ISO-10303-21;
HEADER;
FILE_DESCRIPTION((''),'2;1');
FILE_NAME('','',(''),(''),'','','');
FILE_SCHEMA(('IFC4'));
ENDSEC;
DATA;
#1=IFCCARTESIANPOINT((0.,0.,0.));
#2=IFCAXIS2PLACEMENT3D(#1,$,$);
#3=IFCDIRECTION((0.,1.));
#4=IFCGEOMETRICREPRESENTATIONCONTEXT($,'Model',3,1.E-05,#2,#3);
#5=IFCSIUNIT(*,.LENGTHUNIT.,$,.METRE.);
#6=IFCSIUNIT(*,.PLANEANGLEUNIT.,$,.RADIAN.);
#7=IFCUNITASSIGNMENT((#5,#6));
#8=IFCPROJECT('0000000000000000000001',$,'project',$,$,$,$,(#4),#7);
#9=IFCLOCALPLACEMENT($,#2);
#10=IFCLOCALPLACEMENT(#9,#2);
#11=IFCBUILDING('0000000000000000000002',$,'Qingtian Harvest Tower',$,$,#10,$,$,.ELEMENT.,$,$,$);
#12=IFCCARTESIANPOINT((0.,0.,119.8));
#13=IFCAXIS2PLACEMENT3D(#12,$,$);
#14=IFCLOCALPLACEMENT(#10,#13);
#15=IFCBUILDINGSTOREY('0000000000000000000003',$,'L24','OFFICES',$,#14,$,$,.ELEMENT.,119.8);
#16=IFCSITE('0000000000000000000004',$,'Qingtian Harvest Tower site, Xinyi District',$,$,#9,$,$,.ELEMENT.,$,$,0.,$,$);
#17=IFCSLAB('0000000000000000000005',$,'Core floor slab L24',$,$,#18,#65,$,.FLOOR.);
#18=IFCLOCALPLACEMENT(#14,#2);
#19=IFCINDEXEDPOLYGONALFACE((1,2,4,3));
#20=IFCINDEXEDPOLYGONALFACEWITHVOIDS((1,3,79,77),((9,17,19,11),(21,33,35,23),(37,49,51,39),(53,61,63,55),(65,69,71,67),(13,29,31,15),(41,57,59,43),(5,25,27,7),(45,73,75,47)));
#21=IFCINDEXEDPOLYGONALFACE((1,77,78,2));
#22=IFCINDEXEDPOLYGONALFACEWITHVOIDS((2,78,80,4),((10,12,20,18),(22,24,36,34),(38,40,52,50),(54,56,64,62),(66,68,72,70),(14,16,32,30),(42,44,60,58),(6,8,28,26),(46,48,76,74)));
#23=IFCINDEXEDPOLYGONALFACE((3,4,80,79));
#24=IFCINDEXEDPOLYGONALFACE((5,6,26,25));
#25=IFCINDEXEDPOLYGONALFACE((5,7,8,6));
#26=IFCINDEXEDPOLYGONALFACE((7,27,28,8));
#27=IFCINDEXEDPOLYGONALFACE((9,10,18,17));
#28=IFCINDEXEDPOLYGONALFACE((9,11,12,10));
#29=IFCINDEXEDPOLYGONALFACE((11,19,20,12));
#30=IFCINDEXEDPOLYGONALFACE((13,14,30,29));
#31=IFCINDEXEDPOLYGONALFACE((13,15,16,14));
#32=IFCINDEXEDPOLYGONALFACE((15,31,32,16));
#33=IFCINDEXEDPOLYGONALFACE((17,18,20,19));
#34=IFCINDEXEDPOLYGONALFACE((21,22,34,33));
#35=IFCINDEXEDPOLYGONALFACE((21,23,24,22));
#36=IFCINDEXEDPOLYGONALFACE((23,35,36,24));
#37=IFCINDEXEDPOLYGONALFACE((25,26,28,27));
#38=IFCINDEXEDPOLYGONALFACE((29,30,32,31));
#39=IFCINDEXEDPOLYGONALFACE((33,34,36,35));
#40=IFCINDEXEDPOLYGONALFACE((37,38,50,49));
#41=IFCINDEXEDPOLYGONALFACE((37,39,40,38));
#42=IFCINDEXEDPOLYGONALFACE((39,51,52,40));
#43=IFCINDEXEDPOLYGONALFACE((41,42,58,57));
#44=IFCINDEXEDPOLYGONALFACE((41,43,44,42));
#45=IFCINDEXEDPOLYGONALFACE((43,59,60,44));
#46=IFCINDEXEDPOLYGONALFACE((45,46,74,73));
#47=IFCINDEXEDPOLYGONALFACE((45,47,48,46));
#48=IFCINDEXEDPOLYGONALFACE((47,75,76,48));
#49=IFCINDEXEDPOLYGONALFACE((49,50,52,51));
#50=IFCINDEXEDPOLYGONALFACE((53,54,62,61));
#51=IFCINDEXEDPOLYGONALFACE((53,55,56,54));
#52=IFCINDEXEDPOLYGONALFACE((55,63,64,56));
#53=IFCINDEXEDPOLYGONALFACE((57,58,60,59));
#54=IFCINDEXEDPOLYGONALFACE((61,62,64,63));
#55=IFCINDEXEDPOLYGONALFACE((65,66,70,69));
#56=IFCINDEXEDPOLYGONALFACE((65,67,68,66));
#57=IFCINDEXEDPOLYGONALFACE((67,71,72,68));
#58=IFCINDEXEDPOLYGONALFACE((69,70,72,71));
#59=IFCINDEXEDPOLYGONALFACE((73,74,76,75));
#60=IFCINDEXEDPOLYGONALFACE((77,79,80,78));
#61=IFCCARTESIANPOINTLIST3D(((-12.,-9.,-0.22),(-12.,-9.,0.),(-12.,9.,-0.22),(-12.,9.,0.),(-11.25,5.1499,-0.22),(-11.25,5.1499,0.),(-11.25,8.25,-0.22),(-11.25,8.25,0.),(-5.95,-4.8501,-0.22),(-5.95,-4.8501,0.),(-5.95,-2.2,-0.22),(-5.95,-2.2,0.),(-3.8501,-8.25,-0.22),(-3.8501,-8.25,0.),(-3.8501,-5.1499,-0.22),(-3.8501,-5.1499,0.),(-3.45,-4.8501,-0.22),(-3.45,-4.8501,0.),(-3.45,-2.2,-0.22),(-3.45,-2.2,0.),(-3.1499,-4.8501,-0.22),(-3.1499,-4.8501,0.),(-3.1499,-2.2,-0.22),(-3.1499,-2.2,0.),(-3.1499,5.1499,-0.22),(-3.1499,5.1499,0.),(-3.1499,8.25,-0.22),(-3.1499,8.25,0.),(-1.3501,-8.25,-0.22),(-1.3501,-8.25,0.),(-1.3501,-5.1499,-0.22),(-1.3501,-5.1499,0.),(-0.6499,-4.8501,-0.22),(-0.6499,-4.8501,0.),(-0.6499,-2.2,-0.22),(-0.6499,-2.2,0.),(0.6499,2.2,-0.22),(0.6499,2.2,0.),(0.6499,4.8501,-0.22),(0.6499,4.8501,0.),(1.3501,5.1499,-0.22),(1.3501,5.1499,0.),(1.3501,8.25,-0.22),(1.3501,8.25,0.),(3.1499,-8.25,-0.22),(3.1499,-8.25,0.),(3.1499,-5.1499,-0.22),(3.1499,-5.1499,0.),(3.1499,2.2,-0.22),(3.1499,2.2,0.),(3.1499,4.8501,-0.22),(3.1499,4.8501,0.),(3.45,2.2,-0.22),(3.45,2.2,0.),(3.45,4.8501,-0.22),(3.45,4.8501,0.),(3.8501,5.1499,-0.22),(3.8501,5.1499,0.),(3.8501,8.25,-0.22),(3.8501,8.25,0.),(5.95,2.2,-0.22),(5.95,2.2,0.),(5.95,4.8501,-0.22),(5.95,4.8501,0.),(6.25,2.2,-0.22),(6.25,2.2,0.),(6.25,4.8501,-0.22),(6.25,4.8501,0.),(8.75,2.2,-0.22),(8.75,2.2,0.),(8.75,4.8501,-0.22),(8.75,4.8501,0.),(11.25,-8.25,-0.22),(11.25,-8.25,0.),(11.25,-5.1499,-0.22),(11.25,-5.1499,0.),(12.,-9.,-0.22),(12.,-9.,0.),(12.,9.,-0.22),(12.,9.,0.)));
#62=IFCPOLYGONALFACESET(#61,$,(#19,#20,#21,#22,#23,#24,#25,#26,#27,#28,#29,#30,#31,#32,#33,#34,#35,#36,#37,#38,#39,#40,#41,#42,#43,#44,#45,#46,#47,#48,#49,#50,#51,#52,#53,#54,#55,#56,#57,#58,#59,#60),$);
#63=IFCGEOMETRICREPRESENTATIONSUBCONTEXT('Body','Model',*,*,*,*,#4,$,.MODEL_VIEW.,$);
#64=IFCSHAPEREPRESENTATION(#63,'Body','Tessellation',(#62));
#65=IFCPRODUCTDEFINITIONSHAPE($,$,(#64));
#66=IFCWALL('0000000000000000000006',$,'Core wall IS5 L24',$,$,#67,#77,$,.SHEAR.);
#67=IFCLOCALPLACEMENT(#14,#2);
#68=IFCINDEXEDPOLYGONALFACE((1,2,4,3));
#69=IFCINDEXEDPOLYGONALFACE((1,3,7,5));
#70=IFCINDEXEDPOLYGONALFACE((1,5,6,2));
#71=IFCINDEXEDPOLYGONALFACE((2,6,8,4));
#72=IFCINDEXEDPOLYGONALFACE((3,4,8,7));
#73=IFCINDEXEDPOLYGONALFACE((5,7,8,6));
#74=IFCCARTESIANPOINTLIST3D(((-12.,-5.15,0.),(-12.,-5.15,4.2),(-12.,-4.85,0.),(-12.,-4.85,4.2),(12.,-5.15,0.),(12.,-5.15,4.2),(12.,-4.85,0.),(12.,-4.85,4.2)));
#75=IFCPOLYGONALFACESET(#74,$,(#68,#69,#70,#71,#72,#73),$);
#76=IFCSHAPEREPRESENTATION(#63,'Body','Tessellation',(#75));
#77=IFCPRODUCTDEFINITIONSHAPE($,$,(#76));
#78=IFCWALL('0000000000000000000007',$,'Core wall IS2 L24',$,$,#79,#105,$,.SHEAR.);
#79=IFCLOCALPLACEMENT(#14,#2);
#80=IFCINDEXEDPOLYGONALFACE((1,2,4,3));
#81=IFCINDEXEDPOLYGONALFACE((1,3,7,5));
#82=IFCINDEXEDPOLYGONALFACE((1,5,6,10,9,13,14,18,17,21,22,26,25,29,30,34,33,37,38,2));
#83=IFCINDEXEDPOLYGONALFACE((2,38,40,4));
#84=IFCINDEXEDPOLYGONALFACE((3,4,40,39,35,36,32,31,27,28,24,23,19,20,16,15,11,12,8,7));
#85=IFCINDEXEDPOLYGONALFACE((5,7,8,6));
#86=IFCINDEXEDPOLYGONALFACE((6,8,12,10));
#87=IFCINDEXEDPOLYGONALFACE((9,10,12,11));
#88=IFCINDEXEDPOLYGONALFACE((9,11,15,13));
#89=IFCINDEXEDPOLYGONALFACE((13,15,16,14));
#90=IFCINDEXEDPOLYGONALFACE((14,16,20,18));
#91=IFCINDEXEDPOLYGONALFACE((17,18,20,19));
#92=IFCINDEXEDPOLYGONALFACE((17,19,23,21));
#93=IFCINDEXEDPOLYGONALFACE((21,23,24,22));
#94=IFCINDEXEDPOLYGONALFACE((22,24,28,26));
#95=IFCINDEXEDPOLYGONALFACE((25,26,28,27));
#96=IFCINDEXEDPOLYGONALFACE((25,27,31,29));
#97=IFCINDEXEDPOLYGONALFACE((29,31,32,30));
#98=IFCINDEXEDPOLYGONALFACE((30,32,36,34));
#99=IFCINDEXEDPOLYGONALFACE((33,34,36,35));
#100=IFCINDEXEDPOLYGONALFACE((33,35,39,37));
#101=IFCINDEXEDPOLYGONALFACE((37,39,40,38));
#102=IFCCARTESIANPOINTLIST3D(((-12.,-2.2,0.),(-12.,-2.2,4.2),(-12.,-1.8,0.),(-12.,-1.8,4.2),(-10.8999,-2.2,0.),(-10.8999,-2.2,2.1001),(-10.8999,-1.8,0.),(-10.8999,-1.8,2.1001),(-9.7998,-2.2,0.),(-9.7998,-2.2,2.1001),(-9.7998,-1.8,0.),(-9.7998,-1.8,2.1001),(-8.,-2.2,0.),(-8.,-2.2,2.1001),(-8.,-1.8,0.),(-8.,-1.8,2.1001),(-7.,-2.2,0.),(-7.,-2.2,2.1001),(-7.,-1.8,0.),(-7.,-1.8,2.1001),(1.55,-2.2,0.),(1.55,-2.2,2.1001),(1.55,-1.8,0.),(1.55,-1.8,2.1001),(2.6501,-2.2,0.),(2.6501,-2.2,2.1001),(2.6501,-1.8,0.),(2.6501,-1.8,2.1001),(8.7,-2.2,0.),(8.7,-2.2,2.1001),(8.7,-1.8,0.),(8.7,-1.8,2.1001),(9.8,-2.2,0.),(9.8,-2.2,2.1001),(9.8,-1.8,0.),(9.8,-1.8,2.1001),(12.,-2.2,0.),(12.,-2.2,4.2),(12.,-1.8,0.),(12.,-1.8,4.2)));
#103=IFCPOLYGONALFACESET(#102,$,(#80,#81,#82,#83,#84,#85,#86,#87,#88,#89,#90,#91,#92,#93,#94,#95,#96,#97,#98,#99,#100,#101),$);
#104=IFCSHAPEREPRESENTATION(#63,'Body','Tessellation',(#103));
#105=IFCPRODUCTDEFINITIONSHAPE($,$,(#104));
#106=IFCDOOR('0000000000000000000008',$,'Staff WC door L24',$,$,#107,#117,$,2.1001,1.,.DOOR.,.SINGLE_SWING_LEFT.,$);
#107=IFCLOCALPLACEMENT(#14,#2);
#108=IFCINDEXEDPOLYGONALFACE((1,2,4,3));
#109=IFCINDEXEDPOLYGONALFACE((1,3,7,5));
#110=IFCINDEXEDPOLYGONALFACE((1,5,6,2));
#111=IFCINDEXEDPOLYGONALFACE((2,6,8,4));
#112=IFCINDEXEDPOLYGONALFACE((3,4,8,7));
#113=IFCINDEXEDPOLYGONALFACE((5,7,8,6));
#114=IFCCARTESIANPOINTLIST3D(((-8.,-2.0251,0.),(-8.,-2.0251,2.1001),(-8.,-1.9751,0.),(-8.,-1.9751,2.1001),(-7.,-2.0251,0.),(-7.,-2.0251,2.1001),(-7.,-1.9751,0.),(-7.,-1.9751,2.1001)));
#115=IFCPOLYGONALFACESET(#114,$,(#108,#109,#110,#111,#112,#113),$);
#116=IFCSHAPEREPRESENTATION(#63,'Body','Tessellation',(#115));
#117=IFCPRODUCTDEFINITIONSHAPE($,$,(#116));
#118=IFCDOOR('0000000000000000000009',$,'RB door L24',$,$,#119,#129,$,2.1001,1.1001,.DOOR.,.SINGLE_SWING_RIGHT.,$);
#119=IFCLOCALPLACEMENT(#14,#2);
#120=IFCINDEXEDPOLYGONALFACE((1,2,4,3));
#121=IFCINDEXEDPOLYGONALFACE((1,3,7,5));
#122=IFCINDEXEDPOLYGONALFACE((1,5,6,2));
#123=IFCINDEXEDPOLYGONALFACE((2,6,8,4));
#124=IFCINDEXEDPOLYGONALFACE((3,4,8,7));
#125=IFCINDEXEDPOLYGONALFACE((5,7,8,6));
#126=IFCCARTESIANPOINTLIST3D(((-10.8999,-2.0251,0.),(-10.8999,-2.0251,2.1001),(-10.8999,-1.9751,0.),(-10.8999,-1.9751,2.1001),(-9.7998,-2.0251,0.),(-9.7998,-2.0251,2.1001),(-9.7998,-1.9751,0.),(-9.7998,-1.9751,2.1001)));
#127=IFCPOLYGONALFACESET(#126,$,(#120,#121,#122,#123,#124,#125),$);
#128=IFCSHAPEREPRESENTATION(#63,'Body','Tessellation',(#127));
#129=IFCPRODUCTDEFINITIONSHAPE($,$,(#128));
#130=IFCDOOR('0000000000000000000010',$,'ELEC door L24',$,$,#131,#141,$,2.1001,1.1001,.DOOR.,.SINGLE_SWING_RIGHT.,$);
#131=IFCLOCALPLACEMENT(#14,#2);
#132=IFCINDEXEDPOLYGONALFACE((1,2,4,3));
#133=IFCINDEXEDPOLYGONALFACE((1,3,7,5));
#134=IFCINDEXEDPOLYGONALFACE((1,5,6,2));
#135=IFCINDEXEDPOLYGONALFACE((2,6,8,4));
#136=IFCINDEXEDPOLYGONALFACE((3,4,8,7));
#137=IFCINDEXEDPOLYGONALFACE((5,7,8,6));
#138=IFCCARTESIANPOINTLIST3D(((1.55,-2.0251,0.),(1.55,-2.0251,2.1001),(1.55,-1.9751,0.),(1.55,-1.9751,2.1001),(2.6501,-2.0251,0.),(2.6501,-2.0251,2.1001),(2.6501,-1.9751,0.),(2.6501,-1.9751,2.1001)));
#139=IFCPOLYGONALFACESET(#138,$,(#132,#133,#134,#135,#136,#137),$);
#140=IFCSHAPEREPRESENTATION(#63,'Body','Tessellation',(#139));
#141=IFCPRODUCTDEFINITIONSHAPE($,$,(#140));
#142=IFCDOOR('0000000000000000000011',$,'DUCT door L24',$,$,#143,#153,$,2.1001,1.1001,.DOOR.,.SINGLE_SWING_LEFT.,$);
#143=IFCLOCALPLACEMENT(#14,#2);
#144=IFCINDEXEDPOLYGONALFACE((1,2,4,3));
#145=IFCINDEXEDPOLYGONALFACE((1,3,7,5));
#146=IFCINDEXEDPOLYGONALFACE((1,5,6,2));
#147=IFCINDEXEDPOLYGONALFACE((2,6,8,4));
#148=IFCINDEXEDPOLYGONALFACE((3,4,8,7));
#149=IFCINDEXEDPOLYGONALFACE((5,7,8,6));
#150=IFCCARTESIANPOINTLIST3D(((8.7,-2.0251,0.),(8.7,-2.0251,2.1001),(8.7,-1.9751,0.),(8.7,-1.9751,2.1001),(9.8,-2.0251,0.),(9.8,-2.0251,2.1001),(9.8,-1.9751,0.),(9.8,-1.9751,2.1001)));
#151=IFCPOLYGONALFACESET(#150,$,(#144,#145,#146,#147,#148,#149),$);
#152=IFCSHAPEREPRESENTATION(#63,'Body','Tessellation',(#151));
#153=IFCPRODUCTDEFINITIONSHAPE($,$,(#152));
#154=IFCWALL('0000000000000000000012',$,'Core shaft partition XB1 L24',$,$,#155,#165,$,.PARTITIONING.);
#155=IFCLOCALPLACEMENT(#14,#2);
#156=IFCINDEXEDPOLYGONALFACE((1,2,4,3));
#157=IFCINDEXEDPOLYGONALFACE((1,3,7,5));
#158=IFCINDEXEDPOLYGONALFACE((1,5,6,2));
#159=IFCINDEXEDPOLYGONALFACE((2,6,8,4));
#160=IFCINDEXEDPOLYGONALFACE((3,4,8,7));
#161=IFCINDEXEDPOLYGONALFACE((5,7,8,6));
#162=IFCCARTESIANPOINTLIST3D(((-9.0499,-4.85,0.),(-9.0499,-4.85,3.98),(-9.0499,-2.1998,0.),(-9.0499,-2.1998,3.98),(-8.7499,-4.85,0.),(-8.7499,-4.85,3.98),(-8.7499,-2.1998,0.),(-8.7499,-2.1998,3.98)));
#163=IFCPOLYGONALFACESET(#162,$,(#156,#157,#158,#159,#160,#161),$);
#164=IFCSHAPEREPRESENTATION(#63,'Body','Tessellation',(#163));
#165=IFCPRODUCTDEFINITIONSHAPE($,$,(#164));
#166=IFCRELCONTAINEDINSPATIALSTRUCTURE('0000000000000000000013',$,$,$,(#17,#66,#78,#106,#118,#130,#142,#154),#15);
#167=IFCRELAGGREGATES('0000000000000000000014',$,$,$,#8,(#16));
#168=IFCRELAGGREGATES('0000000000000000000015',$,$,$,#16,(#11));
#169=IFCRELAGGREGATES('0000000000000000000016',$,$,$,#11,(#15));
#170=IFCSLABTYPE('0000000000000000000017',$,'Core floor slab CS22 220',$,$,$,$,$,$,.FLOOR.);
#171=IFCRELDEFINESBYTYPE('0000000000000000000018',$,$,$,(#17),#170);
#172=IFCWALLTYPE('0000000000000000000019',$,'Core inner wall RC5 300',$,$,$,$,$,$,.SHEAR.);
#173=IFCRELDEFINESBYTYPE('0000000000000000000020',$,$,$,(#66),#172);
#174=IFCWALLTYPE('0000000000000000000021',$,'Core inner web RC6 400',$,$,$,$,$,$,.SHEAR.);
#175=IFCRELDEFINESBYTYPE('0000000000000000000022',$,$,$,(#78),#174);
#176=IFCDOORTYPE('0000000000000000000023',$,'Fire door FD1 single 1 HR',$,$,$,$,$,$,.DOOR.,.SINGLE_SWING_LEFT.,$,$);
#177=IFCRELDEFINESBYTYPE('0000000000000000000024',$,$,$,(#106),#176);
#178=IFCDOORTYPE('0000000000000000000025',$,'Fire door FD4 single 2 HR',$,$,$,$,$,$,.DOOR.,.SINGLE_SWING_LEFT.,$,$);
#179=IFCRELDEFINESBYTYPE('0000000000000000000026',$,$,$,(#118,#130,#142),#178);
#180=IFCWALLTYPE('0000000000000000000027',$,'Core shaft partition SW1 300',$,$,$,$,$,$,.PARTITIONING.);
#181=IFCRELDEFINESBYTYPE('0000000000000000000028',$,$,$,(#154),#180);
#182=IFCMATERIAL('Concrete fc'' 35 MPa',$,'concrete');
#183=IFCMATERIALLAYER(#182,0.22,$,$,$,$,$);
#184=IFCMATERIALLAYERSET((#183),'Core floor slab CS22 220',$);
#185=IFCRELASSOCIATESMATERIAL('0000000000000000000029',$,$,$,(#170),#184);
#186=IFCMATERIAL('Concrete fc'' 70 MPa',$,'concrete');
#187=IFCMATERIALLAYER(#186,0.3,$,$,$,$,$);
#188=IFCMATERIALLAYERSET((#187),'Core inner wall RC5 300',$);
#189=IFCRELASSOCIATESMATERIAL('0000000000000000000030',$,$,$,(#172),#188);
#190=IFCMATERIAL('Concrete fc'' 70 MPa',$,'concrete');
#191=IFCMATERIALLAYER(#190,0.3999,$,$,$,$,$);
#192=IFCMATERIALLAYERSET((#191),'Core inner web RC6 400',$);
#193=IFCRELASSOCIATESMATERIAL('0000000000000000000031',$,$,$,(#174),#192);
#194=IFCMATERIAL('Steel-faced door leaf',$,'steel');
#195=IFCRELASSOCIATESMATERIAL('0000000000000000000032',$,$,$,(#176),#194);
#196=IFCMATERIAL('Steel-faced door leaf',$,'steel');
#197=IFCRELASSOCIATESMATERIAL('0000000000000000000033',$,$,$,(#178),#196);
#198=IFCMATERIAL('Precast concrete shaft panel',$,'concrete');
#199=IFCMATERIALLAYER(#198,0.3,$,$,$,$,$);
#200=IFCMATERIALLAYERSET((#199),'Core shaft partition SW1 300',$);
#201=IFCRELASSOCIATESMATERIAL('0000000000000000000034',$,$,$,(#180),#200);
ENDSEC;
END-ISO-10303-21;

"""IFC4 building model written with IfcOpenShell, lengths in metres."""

from ifc_helpers import new_model, si_unit, direction, frame, frame_2d, origin, place, context, subcontext, project, spatial, polyline, rectangle, outline, extrude, material, layer, layer_set, type_object, element, fill, save


model = new_model("IFC4")

# Units and contexts
model_context = context("Model", 3, precision=1e-05, world=origin(), true_north=direction((0.0, 1.0)))
body_context = subcontext(model_context, "Body", "Model", "MODEL_VIEW")
ifc_project = project(units=[si_unit("LENGTHUNIT", "METRE"), si_unit("PLANEANGLEUNIT", "RADIAN")], contexts=[model_context])

# Site, building, storey
site_placement = place(None, origin())
site = spatial("IfcSite", under=ifc_project, at=site_placement, Name="Qingtian Harvest Tower site, Xinyi District", CompositionType="ELEMENT", RefElevation=0.0)
building_placement = place(site_placement, origin())
building = spatial("IfcBuilding", under=site, at=building_placement, Name="Qingtian Harvest Tower", CompositionType="ELEMENT")
storey_placement = place(building_placement, frame((0.0, 0.0, 119.8)))
storey = spatial("IfcBuildingStorey", under=building, at=storey_placement, Name="L24", Description="OFFICES", CompositionType="ELEMENT", Elevation=119.8)

# Slab
ifc_material_1 = material(Name="Concrete fc' 35 MPa", Category="concrete")
ifc_layer_1 = layer(ifc_material_1, 0.22)
ifc_layer_set_1 = layer_set([ifc_layer_1], Name="Core floor slab CS22 220")
slab_type = type_object("IfcSlabType", Name="Core floor slab CS22 220", PredefinedType="FLOOR", material=ifc_layer_set_1)
slab_placement = place(storey_placement, frame((0.0, 0.0, -0.22)))
element("IfcSlab", 1, at=slab_placement, inside=storey, type_object=slab_type, Name="Core floor slab L24", PredefinedType="FLOOR", context=body_context, shape_type="SweptSolid", body=[
    extrude(outline(polyline([(-12.0, -9.0), (12.0, -9.0), (12.0, 9.0), (-12.0, 9.0), (-12.0, -9.0)]), holes=[polyline([(-11.25, 5.1499), (-3.1499, 5.1499), (-3.1499, 8.25), (-11.25, 8.25), (-11.25, 5.1499)]), polyline([(3.1499, -8.25), (11.25, -8.25), (11.25, -5.1499), (3.1499, -5.1499), (3.1499, -8.25)]), polyline([(1.3501, 5.1499), (3.8501, 5.1499), (3.8501, 8.25), (1.3501, 8.25), (1.3501, 5.1499)]), polyline([(-3.8501, -8.25), (-1.3501, -8.25), (-1.3501, -5.1499), (-3.8501, -5.1499), (-3.8501, -8.25)]), polyline([(0.6499, 2.2), (3.1499, 2.2), (3.1499, 4.8501), (0.6499, 4.8501), (0.6499, 2.2)]), polyline([(3.45, 2.2), (5.95, 2.2), (5.95, 4.8501), (3.45, 4.8501), (3.45, 2.2)]), polyline([(6.25, 2.2), (8.75, 2.2), (8.75, 4.8501), (6.25, 4.8501), (6.25, 2.2)]), polyline([(-5.95, -4.8501), (-3.45, -4.8501), (-3.45, -2.2), (-5.95, -2.2), (-5.95, -4.8501)]), polyline([(-3.1499, -4.8501), (-0.6499, -4.8501), (-0.6499, -2.2), (-3.1499, -2.2), (-3.1499, -4.8501)])]), origin(), (0.0, 0.0, 1.0), 0.22),
])

# Wall
ifc_material_2 = material(Name="Concrete fc' 70 MPa", Category="concrete")
ifc_layer_2 = layer(ifc_material_2, 0.3)
ifc_layer_set_2 = layer_set([ifc_layer_2], Name="Core inner wall RC5 300")
wall_type_1 = type_object("IfcWallType", Name="Core inner wall RC5 300", PredefinedType="SHEAR", material=ifc_layer_set_2)
wall_1_placement = place(storey_placement, frame((-12.0, -5.0, 0.0), z_axis=(0.0, 0.0, 1.0), x_axis=(1.0, 0.0, 0.0)))
element("IfcWall", 2, at=wall_1_placement, inside=storey, type_object=wall_type_1, Name="Core wall IS5 L24", PredefinedType="SHEAR", context=body_context, shape_type="SweptSolid", body=[
    extrude(rectangle(XDim=24.0, YDim=0.3, at=frame_2d((12.0, 0.0))), origin(), (0.0, 0.0, 1.0), 4.2),
])

# Wall, openings, doors
ifc_material_3 = material(Name="Concrete fc' 70 MPa", Category="concrete")
ifc_layer_3 = layer(ifc_material_3, 0.3999)
ifc_layer_set_3 = layer_set([ifc_layer_3], Name="Core inner web RC6 400")
wall_type_2 = type_object("IfcWallType", Name="Core inner web RC6 400", PredefinedType="SHEAR", material=ifc_layer_set_3)
wall_2_placement = place(storey_placement, frame((-12.0, -2.0, 0.0), z_axis=(0.0, 0.0, 1.0), x_axis=(1.0, 0.0, 0.0)))
wall_2 = element("IfcWall", 3, at=wall_2_placement, inside=storey, type_object=wall_type_2, Name="Core wall IS2 L24", PredefinedType="SHEAR", context=body_context, shape_type="SweptSolid", body=[
    extrude(rectangle(XDim=24.0, YDim=0.3999, at=frame_2d((12.0, 0.0))), origin(), (0.0, 0.0, 1.0), 4.2),
])
opening_1_placement = place(wall_2_placement, frame((1.1001, 0.0, 0.0)))
opening_1 = element("IfcOpeningElement", 4, at=opening_1_placement, cuts=wall_2, PredefinedType="OPENING", context=body_context, shape_type="SweptSolid", body=[
    extrude(rectangle(XDim=1.1001, YDim=2.1001, at=frame_2d((0.55, 1.05))), frame((0.0, 0.21, 0.0), z_axis=(0.0, -1.0, 0.0), x_axis=(1.0, 0.0, 0.0)), (0.0, 0.0, 1.0), 0.4199),
])
opening_2_placement = place(wall_2_placement, frame((13.55, 0.0, 0.0)))
opening_2 = element("IfcOpeningElement", 5, at=opening_2_placement, cuts=wall_2, PredefinedType="OPENING", context=body_context, shape_type="SweptSolid", body=[
    extrude(rectangle(XDim=1.1001, YDim=2.1001, at=frame_2d((0.55, 1.05))), frame((0.0, 0.21, 0.0), z_axis=(0.0, -1.0, 0.0), x_axis=(1.0, 0.0, 0.0)), (0.0, 0.0, 1.0), 0.4199),
])
opening_3_placement = place(wall_2_placement, frame((20.7, 0.0, 0.0)))
opening_3 = element("IfcOpeningElement", 6, at=opening_3_placement, cuts=wall_2, PredefinedType="OPENING", context=body_context, shape_type="SweptSolid", body=[
    extrude(rectangle(XDim=1.1001, YDim=2.1001, at=frame_2d((0.55, 1.05))), frame((0.0, 0.21, 0.0), z_axis=(0.0, -1.0, 0.0), x_axis=(1.0, 0.0, 0.0)), (0.0, 0.0, 1.0), 0.4199),
])
opening_4_placement = place(wall_2_placement, frame((4.0, 0.0, 0.0)))
opening_4 = element("IfcOpeningElement", 7, at=opening_4_placement, cuts=wall_2, PredefinedType="OPENING", context=body_context, shape_type="SweptSolid", body=[
    extrude(rectangle(XDim=1.0, YDim=2.1001, at=frame_2d((0.5, 1.05))), frame((0.0, 0.21, 0.0), z_axis=(0.0, -1.0, 0.0), x_axis=(1.0, 0.0, 0.0)), (0.0, 0.0, 1.0), 0.4199),
])
ifc_material_4 = material(Name="Steel-faced door leaf", Category="steel")
door_type_1 = type_object("IfcDoorType", Name="Fire door FD1 single 1 HR", OperationType="SINGLE_SWING_LEFT", PredefinedType="DOOR", material=ifc_material_4)
door_1_placement = place(opening_4_placement, origin())
door_1 = element("IfcDoor", 8, at=door_1_placement, inside=storey, type_object=door_type_1, Name="Staff WC door L24", OperationType="SINGLE_SWING_LEFT", OverallHeight=2.1001, OverallWidth=1.0, PredefinedType="DOOR", context=body_context, shape_type="SweptSolid", body=[
    extrude(rectangle(XDim=1.0, YDim=2.1001, at=frame_2d((0.5, 1.05))), frame((0.0, 0.0249, 0.0), z_axis=(0.0, -1.0, 0.0), x_axis=(1.0, 0.0, 0.0)), (0.0, 0.0, 1.0), 0.05),
])
fill(opening_4, door_1)
ifc_material_5 = material(Name="Steel-faced door leaf", Category="steel")
door_type_2 = type_object("IfcDoorType", Name="Fire door FD4 single 2 HR", OperationType="SINGLE_SWING_LEFT", PredefinedType="DOOR", material=ifc_material_5)
door_2_placement = place(opening_1_placement, origin())
door_2 = element("IfcDoor", 9, at=door_2_placement, inside=storey, type_object=door_type_2, Name="RB door L24", OperationType="SINGLE_SWING_RIGHT", OverallHeight=2.1001, OverallWidth=1.1001, PredefinedType="DOOR", context=body_context, shape_type="SweptSolid", body=[
    extrude(rectangle(XDim=1.1001, YDim=2.1001, at=frame_2d((0.55, 1.05))), frame((0.0, 0.0249, 0.0), z_axis=(0.0, -1.0, 0.0), x_axis=(1.0, 0.0, 0.0)), (0.0, 0.0, 1.0), 0.05),
])
fill(opening_1, door_2)
door_3_placement = place(opening_2_placement, origin())
door_3 = element("IfcDoor", 10, at=door_3_placement, inside=storey, type_object=door_type_2, Name="ELEC door L24", OperationType="SINGLE_SWING_RIGHT", OverallHeight=2.1001, OverallWidth=1.1001, PredefinedType="DOOR", context=body_context, shape_type="SweptSolid", body=[
    extrude(rectangle(XDim=1.1001, YDim=2.1001, at=frame_2d((0.55, 1.05))), frame((0.0, 0.0249, 0.0), z_axis=(0.0, -1.0, 0.0), x_axis=(1.0, 0.0, 0.0)), (0.0, 0.0, 1.0), 0.05),
])
fill(opening_2, door_3)
door_4_placement = place(opening_3_placement, origin())
door_4 = element("IfcDoor", 11, at=door_4_placement, inside=storey, type_object=door_type_2, Name="DUCT door L24", OperationType="SINGLE_SWING_LEFT", OverallHeight=2.1001, OverallWidth=1.1001, PredefinedType="DOOR", context=body_context, shape_type="SweptSolid", body=[
    extrude(rectangle(XDim=1.1001, YDim=2.1001, at=frame_2d((0.55, 1.05))), frame((0.0, 0.0249, 0.0), z_axis=(0.0, -1.0, 0.0), x_axis=(1.0, 0.0, 0.0)), (0.0, 0.0, 1.0), 0.05),
])
fill(opening_3, door_4)

# Wall
ifc_material_6 = material(Name="Precast concrete shaft panel", Category="concrete")
ifc_layer_4 = layer(ifc_material_6, 0.3)
ifc_layer_set_4 = layer_set([ifc_layer_4], Name="Core shaft partition SW1 300")
wall_type_3 = type_object("IfcWallType", Name="Core shaft partition SW1 300", PredefinedType="PARTITIONING", material=ifc_layer_set_4)
for number, where, z_axis, x_axis, name in (
    (12, (-8.8999, -4.8501, 0.0), (0.0, 0.0, 1.0), (0.0, 1.0, 0.0), "Core shaft partition XB1 L24"),
):
    element("IfcWall", number, at=place(storey_placement, frame(where, z_axis=z_axis, x_axis=x_axis)), inside=storey, type_object=wall_type_3, Name=name, PredefinedType="PARTITIONING", context=body_context, shape_type="SweptSolid", body=[
        extrude(rectangle(XDim=2.6501, YDim=0.3, at=frame_2d((1.3252, 0.0))), origin(), (0.0, 0.0, 1.0), 3.98),
    ])

save(model, "model.ifc")
